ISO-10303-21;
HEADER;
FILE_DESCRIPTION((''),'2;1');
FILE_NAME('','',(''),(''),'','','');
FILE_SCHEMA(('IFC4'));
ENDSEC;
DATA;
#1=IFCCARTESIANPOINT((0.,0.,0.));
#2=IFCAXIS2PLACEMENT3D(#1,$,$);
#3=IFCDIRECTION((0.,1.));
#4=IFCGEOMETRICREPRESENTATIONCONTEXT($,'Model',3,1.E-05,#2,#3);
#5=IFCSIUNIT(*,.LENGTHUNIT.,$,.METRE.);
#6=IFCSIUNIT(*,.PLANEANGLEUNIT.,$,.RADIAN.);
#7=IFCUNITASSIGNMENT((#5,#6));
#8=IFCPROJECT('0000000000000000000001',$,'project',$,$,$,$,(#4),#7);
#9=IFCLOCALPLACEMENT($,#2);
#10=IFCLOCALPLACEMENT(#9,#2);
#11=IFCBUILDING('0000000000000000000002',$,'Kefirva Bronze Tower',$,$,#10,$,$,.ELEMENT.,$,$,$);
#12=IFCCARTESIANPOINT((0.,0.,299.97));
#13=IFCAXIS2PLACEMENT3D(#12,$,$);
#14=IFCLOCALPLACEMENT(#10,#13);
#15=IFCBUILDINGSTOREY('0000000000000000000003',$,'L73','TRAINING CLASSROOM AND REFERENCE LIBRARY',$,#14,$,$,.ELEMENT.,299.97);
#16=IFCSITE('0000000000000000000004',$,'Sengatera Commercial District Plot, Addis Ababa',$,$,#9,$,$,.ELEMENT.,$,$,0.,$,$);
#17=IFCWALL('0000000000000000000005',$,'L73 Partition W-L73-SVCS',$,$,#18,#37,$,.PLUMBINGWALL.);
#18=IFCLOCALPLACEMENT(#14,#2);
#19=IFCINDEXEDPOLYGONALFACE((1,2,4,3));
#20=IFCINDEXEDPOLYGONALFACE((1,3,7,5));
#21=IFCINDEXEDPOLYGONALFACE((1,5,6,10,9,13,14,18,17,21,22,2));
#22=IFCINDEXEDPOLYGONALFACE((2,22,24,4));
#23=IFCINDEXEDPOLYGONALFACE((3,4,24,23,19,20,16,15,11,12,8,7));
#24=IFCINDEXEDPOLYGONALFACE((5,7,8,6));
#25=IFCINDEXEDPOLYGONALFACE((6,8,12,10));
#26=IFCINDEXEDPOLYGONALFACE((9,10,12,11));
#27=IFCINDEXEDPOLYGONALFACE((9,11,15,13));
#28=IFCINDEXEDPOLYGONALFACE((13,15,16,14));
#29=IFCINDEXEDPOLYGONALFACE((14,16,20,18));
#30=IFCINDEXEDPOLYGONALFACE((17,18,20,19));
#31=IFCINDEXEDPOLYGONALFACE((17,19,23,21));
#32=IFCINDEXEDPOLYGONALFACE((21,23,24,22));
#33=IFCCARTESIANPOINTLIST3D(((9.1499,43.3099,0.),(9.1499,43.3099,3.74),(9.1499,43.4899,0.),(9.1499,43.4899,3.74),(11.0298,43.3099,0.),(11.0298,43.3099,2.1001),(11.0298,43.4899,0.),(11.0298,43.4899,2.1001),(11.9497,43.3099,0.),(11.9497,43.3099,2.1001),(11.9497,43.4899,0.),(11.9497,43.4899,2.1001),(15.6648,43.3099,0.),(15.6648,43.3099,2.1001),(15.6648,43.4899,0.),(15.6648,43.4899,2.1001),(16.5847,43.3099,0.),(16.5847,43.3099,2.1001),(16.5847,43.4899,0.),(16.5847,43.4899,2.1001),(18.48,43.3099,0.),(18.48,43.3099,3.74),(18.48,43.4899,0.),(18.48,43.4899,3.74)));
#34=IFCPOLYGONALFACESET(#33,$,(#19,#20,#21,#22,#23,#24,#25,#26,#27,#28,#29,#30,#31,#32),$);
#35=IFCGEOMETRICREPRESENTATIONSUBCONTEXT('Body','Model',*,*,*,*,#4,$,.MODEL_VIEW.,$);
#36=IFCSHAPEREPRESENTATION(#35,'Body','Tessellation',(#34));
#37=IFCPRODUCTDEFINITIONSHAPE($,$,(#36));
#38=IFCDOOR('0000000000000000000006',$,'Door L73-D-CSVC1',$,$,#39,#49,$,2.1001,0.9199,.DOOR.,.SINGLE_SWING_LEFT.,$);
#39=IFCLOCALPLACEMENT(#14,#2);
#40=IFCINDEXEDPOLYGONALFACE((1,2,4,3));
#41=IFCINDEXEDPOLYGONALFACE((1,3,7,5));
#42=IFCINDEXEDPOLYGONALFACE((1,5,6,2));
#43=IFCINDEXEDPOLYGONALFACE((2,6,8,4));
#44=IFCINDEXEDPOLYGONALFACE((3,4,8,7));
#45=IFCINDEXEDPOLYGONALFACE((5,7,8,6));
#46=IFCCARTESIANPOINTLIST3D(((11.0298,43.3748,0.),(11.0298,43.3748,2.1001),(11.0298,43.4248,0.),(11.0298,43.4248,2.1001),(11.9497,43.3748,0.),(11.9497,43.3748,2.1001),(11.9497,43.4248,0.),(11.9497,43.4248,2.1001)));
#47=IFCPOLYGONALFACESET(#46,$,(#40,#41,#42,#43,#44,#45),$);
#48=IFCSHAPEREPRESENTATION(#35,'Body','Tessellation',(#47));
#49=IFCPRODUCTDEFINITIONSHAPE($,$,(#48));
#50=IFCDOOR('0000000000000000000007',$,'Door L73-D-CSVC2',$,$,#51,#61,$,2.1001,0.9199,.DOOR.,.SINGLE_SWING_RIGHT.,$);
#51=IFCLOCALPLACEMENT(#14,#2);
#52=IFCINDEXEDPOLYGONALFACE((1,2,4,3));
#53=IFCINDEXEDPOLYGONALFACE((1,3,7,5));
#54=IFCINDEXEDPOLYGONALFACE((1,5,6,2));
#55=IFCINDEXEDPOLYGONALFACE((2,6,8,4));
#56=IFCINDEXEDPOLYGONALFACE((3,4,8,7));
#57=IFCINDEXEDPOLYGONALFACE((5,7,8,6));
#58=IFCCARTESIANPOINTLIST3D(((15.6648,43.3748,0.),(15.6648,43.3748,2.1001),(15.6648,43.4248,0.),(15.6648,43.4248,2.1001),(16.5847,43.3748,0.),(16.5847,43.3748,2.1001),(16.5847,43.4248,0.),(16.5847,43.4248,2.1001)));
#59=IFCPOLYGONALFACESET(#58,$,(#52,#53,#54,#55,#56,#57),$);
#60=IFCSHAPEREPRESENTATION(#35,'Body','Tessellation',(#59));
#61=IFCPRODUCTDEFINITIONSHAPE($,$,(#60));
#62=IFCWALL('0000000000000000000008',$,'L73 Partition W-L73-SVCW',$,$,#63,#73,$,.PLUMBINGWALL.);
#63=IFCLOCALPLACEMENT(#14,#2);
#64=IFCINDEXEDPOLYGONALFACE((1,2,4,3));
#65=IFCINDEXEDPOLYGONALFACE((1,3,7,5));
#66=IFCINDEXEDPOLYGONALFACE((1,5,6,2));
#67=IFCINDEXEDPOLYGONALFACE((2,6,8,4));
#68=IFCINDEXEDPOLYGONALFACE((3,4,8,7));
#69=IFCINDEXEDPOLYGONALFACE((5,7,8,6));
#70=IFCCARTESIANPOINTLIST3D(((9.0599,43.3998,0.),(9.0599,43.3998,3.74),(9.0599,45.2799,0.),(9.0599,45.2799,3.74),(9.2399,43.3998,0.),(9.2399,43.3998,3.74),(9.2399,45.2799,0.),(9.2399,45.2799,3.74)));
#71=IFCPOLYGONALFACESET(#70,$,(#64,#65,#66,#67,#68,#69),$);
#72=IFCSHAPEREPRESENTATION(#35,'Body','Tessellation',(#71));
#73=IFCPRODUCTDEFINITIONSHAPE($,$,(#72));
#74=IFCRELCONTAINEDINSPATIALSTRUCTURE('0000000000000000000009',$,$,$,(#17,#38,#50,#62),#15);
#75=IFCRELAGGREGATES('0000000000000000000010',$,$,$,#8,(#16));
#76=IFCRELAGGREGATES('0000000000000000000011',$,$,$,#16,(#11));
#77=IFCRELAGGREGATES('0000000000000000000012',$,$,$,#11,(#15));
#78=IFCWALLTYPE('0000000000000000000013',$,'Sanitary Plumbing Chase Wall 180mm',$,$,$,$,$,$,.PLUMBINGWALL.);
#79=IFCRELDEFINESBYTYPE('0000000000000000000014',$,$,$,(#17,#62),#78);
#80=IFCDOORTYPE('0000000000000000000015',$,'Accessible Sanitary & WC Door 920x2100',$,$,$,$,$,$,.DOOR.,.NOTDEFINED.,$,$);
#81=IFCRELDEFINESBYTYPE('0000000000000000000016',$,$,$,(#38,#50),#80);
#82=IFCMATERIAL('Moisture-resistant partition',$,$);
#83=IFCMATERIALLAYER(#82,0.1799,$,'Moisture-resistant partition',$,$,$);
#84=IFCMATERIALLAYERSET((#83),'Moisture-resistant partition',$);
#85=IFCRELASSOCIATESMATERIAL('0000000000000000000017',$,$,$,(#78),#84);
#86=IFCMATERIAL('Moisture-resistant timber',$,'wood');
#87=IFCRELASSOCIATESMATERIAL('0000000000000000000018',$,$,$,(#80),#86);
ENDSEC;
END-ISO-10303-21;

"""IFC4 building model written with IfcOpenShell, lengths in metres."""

from ifc_helpers import new_model, si_unit, direction, frame, frame_2d, origin, place, context, subcontext, project, spatial, rectangle, extrude, material, layer, layer_set, type_object, element, fill, save


model = new_model("IFC4")

# Units and contexts
model_context = context("Model", 3, precision=1e-05, world=origin(), true_north=direction((0.0, 1.0)))
body_context = subcontext(model_context, "Body", "Model", "MODEL_VIEW")
ifc_project = project(units=[si_unit("LENGTHUNIT", "METRE"), si_unit("PLANEANGLEUNIT", "RADIAN")], contexts=[model_context])

# Site, building, storey
site_placement = place(None, origin())
site = spatial("IfcSite", under=ifc_project, at=site_placement, Name="Sengatera Commercial District Plot, Addis Ababa", CompositionType="ELEMENT", RefElevation=0.0)
building_placement = place(site_placement, origin())
building = spatial("IfcBuilding", under=site, at=building_placement, Name="Kefirva Bronze Tower", CompositionType="ELEMENT")
storey_placement = place(building_placement, frame((0.0, 0.0, 299.97)))
storey = spatial("IfcBuildingStorey", under=building, at=storey_placement, Name="L73", Description="TRAINING CLASSROOM AND REFERENCE LIBRARY", CompositionType="ELEMENT", Elevation=299.97)

# Wall, openings, doors
ifc_material_1 = material(Name="Moisture-resistant partition")
ifc_layer_1 = layer(ifc_material_1, 0.1799, Name="Moisture-resistant partition")
ifc_layer_set_1 = layer_set([ifc_layer_1], Name="Moisture-resistant partition")
wall_type_1 = type_object("IfcWallType", Name="Sanitary Plumbing Chase Wall 180mm", PredefinedType="PLUMBINGWALL", material=ifc_layer_set_1)
wall_1_placement = place(storey_placement, frame((9.1499, 43.3999, 0.0), z_axis=(0.0, 0.0, 1.0), x_axis=(1.0, 0.0, 0.0)))
wall_1 = element("IfcWall", 1, at=wall_1_placement, inside=storey, type_object=wall_type_1, Name="L73 Partition W-L73-SVCS", PredefinedType="PLUMBINGWALL", context=body_context, shape_type="SweptSolid", body=[
    extrude(rectangle(XDim=9.3301, YDim=0.1799, at=frame_2d((4.665, 0.0))), origin(), (0.0, 0.0, 1.0), 3.74),
])
opening_1_placement = place(wall_1_placement, frame((1.8799, 0.0, 0.0)))
opening_1 = element("IfcOpeningElement", 2, at=opening_1_placement, cuts=wall_1, PredefinedType="OPENING", context=body_context, shape_type="SweptSolid", body=[
    extrude(rectangle(XDim=0.9199, YDim=2.1001, at=frame_2d((0.46, 1.05))), frame((0.0, 0.1001, 0.0), z_axis=(0.0, -1.0, 0.0), x_axis=(1.0, 0.0, 0.0)), (0.0, 0.0, 1.0), 0.2),
])
opening_2_placement = place(wall_1_placement, frame((6.5149, 0.0, 0.0)))
opening_2 = element("IfcOpeningElement", 3, at=opening_2_placement, cuts=wall_1, PredefinedType="OPENING", context=body_context, shape_type="SweptSolid", body=[
    extrude(rectangle(XDim=0.9199, YDim=2.1001, at=frame_2d((0.46, 1.05))), frame((0.0, 0.1001, 0.0), z_axis=(0.0, -1.0, 0.0), x_axis=(1.0, 0.0, 0.0)), (0.0, 0.0, 1.0), 0.2),
])
ifc_material_2 = material(Name="Moisture-resistant timber", Category="wood")
door_type_1 = type_object("IfcDoorType", Name="Accessible Sanitary & WC Door 920x2100", OperationType="NOTDEFINED", PredefinedType="DOOR", material=ifc_material_2)
door_1_placement = place(opening_1_placement, origin())
door_1 = element("IfcDoor", 4, at=door_1_placement, inside=storey, type_object=door_type_1, Name="Door L73-D-CSVC1", OperationType="SINGLE_SWING_LEFT", OverallHeight=2.1001, OverallWidth=0.9199, PredefinedType="DOOR", context=body_context, shape_type="SweptSolid", body=[
    extrude(rectangle(XDim=0.9199, YDim=2.1001, at=frame_2d((0.46, 1.05))), frame((0.0, 0.0249, 0.0), z_axis=(0.0, -1.0, 0.0), x_axis=(1.0, 0.0, 0.0)), (0.0, 0.0, 1.0), 0.05),
])
fill(opening_1, door_1)
door_2_placement = place(opening_2_placement, origin())
door_2 = element("IfcDoor", 5, at=door_2_placement, inside=storey, type_object=door_type_1, Name="Door L73-D-CSVC2", OperationType="SINGLE_SWING_RIGHT", OverallHeight=2.1001, OverallWidth=0.9199, PredefinedType="DOOR", context=body_context, shape_type="SweptSolid", body=[
    extrude(rectangle(XDim=0.9199, YDim=2.1001, at=frame_2d((0.46, 1.05))), frame((0.0, 0.0249, 0.0), z_axis=(0.0, -1.0, 0.0), x_axis=(1.0, 0.0, 0.0)), (0.0, 0.0, 1.0), 0.05),
])
fill(opening_2, door_2)

# Wall
wall_2_placement = place(storey_placement, frame((9.1499, 43.3999, 0.0), z_axis=(0.0, 0.0, 1.0), x_axis=(0.0, 1.0, 0.0)))
element("IfcWall", 6, at=wall_2_placement, inside=storey, type_object=wall_type_1, Name="L73 Partition W-L73-SVCW", PredefinedType="PLUMBINGWALL", context=body_context, shape_type="SweptSolid", body=[
    extrude(rectangle(XDim=1.8801, YDim=0.1799, at=frame_2d((0.9399, 0.0))), origin(), (0.0, 0.0, 1.0), 3.74),
])

save(model, "model.ifc")
